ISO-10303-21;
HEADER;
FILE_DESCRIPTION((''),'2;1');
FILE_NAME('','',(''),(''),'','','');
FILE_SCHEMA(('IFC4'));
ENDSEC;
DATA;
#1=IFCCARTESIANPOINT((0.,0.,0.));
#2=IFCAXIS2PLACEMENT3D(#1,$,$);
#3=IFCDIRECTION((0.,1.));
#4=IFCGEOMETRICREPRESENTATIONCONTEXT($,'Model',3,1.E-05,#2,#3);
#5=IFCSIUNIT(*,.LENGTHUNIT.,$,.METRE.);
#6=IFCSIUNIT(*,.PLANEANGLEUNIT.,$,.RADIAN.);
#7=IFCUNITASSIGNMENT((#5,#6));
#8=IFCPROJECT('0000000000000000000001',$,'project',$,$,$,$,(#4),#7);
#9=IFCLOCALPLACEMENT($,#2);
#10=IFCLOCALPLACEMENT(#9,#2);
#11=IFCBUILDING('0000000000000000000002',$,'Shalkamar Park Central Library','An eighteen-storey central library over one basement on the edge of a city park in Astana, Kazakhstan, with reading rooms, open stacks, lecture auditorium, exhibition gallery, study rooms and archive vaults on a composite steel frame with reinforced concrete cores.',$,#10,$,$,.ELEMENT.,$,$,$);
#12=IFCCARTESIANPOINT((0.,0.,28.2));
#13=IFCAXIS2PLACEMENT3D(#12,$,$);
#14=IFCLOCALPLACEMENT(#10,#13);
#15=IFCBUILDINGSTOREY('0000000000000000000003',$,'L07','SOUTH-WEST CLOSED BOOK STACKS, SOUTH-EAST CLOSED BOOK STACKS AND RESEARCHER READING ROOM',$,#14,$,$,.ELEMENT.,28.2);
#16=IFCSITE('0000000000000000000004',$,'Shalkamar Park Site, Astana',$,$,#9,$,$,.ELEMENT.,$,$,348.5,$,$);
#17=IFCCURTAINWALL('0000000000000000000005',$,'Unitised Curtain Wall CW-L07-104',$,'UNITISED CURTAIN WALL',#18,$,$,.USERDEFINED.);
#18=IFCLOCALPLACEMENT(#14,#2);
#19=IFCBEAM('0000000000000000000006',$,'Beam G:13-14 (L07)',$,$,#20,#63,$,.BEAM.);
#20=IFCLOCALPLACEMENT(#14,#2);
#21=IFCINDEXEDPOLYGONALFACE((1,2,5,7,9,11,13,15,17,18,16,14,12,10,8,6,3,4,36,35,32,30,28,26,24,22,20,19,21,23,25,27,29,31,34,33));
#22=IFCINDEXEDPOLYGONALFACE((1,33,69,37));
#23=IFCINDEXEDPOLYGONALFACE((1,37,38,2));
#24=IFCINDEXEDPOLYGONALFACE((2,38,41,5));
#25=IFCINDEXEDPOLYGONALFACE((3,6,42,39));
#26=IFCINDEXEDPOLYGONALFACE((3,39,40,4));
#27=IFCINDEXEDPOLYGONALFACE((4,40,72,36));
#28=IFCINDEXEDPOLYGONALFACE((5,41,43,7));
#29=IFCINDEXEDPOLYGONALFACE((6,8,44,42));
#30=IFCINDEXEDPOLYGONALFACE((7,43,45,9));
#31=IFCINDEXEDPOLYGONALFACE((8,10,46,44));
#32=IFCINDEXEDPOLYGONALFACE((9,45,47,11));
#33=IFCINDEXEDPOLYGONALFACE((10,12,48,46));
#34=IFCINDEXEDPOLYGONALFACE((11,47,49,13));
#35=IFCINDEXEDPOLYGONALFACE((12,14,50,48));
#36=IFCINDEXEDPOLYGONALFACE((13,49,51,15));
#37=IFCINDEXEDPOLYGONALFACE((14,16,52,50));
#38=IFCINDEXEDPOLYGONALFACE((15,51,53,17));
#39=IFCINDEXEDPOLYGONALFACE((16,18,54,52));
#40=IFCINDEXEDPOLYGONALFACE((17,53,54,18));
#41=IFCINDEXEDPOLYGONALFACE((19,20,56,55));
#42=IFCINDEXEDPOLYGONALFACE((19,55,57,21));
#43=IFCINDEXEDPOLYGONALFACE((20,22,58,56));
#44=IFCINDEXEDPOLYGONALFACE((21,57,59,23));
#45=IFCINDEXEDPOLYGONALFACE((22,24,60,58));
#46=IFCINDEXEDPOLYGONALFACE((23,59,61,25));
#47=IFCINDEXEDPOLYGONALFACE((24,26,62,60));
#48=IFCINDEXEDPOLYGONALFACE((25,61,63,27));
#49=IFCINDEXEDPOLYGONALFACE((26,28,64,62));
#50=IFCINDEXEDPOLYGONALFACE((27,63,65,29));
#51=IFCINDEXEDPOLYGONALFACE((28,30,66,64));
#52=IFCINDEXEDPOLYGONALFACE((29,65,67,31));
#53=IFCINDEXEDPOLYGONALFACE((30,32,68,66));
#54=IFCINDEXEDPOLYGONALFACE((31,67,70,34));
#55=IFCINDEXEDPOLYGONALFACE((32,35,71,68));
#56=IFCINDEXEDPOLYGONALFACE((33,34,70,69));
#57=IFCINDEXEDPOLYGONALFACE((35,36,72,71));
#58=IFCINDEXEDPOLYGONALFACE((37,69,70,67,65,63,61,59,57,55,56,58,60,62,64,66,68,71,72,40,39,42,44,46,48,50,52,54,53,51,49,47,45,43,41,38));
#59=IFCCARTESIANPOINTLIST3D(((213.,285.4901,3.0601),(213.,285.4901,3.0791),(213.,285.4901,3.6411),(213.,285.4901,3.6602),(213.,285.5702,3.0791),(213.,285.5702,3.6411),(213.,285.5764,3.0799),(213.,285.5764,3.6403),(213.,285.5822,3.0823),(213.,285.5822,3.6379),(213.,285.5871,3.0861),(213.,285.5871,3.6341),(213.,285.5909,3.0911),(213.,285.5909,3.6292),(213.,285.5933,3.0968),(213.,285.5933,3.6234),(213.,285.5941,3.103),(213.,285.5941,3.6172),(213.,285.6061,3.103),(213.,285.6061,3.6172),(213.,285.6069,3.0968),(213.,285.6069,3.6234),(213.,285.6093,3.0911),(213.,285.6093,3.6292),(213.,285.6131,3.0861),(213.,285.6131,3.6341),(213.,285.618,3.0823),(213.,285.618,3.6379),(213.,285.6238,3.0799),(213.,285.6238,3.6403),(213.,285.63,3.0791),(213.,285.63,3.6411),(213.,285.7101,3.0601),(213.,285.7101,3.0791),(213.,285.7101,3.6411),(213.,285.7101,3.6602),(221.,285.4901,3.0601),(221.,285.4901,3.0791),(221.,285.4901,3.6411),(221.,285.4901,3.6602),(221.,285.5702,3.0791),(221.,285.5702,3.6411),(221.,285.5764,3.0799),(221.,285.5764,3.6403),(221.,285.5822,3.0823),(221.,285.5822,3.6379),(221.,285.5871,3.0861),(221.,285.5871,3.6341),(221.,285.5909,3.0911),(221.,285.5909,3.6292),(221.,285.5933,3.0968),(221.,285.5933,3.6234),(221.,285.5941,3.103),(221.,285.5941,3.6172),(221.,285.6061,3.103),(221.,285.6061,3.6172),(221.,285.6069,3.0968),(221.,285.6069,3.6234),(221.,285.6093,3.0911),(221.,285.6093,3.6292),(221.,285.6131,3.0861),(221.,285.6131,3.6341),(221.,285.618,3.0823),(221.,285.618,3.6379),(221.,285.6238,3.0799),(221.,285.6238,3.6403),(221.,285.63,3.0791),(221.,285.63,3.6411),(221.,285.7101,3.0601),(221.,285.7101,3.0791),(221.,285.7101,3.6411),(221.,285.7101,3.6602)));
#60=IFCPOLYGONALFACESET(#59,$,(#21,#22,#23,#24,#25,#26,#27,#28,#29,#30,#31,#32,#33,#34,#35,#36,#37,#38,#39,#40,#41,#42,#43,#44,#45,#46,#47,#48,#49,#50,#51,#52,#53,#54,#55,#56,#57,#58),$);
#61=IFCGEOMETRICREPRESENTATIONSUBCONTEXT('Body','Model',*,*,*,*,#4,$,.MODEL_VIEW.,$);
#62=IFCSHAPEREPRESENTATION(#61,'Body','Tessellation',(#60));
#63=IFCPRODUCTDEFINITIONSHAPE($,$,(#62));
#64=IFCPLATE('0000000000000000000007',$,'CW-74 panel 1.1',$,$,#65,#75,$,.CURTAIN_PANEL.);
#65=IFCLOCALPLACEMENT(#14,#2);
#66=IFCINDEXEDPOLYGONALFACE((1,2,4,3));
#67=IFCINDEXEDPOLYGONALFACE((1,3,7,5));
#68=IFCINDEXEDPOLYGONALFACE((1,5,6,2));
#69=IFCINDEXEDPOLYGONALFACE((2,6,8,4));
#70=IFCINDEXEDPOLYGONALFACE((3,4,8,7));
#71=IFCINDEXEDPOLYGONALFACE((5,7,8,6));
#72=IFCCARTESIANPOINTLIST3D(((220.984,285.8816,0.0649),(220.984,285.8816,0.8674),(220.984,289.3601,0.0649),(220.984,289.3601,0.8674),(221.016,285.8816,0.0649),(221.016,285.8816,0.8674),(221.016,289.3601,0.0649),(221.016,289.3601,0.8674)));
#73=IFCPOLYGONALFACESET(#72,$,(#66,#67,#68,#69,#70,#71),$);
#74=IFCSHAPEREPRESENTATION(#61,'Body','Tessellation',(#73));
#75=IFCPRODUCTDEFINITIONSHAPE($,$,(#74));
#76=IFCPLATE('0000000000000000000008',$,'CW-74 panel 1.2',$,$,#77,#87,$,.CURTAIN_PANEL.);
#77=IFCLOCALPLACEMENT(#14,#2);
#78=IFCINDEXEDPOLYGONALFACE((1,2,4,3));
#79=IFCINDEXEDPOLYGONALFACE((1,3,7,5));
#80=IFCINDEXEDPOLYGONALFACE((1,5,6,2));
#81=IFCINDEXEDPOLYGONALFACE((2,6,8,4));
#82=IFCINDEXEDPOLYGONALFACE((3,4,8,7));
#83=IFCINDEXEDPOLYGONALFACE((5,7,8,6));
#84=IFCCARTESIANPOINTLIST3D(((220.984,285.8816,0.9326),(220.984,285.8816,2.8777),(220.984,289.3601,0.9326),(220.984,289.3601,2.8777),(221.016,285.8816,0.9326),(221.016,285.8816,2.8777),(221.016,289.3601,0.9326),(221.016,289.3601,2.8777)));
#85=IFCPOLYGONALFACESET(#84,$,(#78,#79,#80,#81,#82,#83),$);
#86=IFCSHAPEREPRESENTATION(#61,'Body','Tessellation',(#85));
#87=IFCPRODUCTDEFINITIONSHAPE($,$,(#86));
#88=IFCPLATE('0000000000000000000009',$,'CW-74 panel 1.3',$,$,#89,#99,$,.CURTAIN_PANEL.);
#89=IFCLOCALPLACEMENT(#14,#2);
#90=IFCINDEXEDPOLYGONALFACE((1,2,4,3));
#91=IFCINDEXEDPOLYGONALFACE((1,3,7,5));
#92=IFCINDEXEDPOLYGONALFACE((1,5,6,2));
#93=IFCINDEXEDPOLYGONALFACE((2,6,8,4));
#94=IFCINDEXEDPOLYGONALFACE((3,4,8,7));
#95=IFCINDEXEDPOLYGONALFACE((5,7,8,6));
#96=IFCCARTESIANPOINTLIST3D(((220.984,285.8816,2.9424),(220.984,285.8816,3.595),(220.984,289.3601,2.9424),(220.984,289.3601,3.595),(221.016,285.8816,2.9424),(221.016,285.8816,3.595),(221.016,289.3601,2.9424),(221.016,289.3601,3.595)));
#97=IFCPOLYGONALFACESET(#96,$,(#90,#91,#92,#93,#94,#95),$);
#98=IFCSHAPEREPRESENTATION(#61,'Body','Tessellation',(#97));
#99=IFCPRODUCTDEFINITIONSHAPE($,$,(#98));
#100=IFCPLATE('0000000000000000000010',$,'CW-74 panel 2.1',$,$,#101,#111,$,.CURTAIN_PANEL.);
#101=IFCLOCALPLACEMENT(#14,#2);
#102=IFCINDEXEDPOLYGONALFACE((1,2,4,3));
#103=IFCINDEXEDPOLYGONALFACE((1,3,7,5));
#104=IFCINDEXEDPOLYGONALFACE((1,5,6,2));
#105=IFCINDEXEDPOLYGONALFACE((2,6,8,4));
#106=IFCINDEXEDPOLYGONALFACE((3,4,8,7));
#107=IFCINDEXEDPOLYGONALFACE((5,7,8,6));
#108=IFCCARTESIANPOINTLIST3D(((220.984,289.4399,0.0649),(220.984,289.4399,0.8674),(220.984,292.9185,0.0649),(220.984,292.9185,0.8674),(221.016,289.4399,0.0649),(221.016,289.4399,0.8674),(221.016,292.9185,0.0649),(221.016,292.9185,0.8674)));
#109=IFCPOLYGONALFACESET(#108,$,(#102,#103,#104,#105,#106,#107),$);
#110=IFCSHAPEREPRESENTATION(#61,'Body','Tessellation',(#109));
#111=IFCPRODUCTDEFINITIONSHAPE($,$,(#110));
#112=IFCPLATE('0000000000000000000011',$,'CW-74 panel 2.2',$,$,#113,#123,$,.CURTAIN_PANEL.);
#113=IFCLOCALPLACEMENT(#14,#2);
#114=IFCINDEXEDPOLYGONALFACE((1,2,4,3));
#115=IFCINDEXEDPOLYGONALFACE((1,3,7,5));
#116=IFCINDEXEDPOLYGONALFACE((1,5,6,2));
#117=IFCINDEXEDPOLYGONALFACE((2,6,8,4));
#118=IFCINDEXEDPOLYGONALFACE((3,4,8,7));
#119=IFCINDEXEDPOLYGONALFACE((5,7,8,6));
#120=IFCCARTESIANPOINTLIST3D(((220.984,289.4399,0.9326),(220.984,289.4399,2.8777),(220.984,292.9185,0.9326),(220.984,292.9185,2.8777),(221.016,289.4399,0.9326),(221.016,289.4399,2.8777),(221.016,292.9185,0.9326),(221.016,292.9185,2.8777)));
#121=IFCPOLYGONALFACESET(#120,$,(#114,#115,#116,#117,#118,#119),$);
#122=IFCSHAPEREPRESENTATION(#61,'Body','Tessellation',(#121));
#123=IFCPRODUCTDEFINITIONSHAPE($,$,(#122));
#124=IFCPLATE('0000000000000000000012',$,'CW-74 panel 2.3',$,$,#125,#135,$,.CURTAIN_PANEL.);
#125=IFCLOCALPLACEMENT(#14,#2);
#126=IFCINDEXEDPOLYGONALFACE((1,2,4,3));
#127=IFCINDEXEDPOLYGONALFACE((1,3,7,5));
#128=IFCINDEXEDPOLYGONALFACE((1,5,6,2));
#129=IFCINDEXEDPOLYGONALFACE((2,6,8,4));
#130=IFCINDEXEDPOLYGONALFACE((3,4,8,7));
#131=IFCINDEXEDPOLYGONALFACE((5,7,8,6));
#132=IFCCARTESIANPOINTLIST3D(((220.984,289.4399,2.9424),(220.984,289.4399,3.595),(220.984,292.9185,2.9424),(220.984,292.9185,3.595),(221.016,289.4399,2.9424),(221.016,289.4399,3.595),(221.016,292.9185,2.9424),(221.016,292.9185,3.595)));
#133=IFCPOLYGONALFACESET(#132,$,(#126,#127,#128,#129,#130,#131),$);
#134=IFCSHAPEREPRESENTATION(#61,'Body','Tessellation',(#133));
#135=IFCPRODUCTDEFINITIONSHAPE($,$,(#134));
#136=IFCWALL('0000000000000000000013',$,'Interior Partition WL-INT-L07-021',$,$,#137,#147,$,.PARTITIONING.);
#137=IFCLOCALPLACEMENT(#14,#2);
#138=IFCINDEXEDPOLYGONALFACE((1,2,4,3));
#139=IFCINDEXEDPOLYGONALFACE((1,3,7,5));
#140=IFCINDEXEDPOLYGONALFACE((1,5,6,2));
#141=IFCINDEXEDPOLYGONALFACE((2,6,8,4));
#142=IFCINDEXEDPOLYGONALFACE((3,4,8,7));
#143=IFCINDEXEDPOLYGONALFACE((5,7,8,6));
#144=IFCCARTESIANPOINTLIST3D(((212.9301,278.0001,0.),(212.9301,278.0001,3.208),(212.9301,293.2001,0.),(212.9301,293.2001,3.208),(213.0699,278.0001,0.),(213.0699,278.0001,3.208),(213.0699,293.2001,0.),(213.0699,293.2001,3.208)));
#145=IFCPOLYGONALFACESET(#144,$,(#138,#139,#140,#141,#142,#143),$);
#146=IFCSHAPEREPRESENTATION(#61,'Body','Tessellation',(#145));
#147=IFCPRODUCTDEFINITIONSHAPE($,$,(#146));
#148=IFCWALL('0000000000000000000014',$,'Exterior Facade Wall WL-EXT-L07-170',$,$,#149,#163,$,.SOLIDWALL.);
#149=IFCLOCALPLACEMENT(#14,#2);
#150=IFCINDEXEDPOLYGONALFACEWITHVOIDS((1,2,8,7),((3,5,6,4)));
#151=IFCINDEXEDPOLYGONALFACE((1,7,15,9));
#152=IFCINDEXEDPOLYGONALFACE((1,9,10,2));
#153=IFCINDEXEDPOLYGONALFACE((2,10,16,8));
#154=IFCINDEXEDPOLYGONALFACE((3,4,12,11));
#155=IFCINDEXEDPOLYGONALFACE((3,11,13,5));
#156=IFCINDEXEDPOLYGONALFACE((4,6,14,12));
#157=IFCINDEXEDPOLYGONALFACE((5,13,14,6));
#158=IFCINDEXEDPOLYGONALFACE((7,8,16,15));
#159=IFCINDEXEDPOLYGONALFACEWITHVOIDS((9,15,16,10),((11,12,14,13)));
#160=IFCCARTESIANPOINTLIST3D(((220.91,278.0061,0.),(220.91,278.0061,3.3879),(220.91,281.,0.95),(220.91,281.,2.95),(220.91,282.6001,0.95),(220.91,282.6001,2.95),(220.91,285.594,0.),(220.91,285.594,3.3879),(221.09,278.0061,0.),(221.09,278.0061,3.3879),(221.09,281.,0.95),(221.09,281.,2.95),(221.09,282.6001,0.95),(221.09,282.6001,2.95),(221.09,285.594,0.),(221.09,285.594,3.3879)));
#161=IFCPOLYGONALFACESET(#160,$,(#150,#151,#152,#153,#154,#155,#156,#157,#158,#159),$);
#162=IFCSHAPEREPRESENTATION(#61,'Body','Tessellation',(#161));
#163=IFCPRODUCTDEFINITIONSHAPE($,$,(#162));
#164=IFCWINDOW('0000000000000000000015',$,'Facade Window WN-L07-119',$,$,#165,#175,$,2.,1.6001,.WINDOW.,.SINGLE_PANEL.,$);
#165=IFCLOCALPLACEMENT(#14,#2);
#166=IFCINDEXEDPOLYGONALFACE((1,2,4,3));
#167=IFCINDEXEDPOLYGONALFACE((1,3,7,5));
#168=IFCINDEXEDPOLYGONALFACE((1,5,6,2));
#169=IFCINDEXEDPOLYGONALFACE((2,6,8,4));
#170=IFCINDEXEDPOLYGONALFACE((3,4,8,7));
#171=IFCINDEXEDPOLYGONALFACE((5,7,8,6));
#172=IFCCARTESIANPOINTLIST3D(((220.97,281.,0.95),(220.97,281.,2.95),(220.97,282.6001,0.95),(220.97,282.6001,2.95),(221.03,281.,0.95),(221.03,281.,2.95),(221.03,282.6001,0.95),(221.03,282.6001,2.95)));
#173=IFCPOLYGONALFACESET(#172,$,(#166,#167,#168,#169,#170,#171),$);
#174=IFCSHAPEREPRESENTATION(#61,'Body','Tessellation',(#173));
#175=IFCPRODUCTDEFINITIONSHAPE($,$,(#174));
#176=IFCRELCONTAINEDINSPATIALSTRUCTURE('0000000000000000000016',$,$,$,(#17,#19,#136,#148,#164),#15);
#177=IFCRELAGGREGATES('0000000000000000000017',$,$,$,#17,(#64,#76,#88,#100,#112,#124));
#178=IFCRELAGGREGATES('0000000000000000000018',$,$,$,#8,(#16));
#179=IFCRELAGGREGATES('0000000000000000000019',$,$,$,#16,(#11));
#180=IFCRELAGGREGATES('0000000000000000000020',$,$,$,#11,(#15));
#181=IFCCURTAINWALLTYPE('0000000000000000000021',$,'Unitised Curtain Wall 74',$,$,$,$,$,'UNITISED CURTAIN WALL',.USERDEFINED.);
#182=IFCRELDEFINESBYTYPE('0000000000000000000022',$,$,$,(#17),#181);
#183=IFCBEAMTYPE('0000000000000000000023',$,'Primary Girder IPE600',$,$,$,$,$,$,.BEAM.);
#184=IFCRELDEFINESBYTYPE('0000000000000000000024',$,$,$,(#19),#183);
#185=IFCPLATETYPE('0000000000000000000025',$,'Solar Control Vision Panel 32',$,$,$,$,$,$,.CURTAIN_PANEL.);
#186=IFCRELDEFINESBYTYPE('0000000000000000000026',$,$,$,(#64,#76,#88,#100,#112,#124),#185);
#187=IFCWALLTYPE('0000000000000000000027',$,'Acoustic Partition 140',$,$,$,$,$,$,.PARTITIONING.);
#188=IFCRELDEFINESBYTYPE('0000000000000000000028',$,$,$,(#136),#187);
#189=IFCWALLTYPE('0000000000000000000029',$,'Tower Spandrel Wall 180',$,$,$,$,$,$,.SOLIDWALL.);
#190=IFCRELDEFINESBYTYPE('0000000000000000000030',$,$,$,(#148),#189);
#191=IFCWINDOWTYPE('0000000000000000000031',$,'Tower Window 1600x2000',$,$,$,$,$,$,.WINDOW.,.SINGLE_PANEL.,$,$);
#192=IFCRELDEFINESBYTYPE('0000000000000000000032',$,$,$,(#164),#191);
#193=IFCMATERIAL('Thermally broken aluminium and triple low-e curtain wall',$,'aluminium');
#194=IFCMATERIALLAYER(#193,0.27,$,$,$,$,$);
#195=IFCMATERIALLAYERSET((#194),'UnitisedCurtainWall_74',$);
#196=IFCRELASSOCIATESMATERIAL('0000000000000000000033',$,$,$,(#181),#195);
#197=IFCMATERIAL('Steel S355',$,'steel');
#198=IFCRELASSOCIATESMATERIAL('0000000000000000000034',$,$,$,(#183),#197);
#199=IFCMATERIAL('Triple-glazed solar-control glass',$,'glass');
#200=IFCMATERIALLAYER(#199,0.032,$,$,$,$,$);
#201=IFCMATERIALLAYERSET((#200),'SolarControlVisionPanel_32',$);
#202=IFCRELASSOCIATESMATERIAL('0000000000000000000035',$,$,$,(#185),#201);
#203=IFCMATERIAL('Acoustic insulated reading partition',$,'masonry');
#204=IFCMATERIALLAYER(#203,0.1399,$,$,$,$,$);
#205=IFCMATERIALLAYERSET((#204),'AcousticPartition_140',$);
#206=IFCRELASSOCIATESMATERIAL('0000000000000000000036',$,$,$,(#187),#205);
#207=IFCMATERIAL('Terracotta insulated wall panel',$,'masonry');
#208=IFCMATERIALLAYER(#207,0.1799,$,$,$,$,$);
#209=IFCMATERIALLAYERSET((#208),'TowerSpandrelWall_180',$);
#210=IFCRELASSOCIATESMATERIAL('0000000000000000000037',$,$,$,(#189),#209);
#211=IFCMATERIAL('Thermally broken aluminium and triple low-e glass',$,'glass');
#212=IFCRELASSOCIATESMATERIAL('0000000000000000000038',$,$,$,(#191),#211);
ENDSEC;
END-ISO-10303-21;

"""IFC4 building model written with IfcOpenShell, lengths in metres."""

from ifc_helpers import new_model, si_unit, direction, frame, frame_2d, origin, origin_2d, place, context, subcontext, project, spatial, rectangle, i_section, extrude, material, layer, layer_set, material_profile, profile_set, type_object, element, fill, aggregate, save


model = new_model("IFC4")

# Units and contexts
model_context = context("Model", 3, precision=1e-05, world=origin(), true_north=direction((0.0, 1.0)))
body_context = subcontext(model_context, "Body", "Model", "MODEL_VIEW")
ifc_project = project(units=[si_unit("LENGTHUNIT", "METRE"), si_unit("PLANEANGLEUNIT", "RADIAN")], contexts=[model_context])

# Site, building, storey
site_placement = place(None, origin())
site = spatial("IfcSite", under=ifc_project, at=site_placement, Name="Shalkamar Park Site, Astana", CompositionType="ELEMENT", RefElevation=348.5)
building_placement = place(site_placement, origin())
building = spatial("IfcBuilding", under=site, at=building_placement, Name="Shalkamar Park Central Library", Description="An eighteen-storey central library over one basement on the edge of a city park in Astana, Kazakhstan, with reading rooms, open stacks, lecture auditorium, exhibition gallery, study rooms and archive vaults on a composite steel frame with reinforced concrete cores.", CompositionType="ELEMENT")
storey_placement = place(building_placement, frame((0.0, 0.0, 28.2)))
storey = spatial("IfcBuildingStorey", under=building, at=storey_placement, Name="L07", Description="SOUTH-WEST CLOSED BOOK STACKS, SOUTH-EAST CLOSED BOOK STACKS AND RESEARCHER READING ROOM", CompositionType="ELEMENT", Elevation=28.2)

# Shared definitions
ifc_material_1 = material(Name="Steel S355", Category="steel")

# Curtain wall
ifc_material_2 = material(Name="Thermally broken aluminium and triple low-e curtain wall", Category="aluminium")
ifc_layer_1 = layer(ifc_material_2, 0.27)
ifc_layer_set_1 = layer_set([ifc_layer_1], Name="UnitisedCurtainWall_74")
curtain_wall_type = type_object("IfcCurtainWallType", Name="Unitised Curtain Wall 74", ElementType="UNITISED CURTAIN WALL", PredefinedType="USERDEFINED", material=ifc_layer_set_1)
curtain_wall_placement = place(storey_placement, origin())
curtain_wall = element("IfcCurtainWall", 1, at=curtain_wall_placement, inside=storey, type_object=curtain_wall_type, Name="Unitised Curtain Wall CW-L07-104", ObjectType="UNITISED CURTAIN WALL", PredefinedType="USERDEFINED")

# Beam
ifc_material_profile_1 = material_profile(ifc_material_1, i_section(OverallWidth=0.22, OverallDepth=0.6001, WebThickness=0.012, FlangeThickness=0.019, FilletRadius=0.0239, at=origin_2d()), Name="IPE 600")
ifc_profile_set_1 = profile_set([ifc_material_profile_1], Name="Steel S355")
beam_type_1 = type_object("IfcBeamType", Name="Primary Girder IPE600", PredefinedType="BEAM", material=ifc_profile_set_1)
for number, where, z_axis, x_axis, name in (
    (2, (213.0, 285.6001, 3.3601), (1.0, 0.0, 0.0), (0.0, 1.0, 0.0), "Beam G:13-14 (L07)"),
):
    element("IfcBeam", number, at=place(storey_placement, frame(where, z_axis=z_axis, x_axis=x_axis)), inside=storey, type_object=beam_type_1, Name=name, PredefinedType="BEAM", context=body_context, shape_type="SweptSolid", body=[
        extrude(i_section(OverallWidth=0.22, OverallDepth=0.6001, WebThickness=0.012, FlangeThickness=0.019, FilletRadius=0.0239, at=origin_2d()), origin(), (0.0, 0.0, 1.0), 8.0),
    ])

# Plates
ifc_material_3 = material(Name="Triple-glazed solar-control glass", Category="glass")
ifc_layer_2 = layer(ifc_material_3, 0.032)
ifc_layer_set_2 = layer_set([ifc_layer_2], Name="SolarControlVisionPanel_32")
plate_type = type_object("IfcPlateType", Name="Solar Control Vision Panel 32", PredefinedType="CURTAIN_PANEL", material=ifc_layer_set_2)
plate_1_placement = place(storey_placement, frame((221.0, 287.6208, 0.0649), z_axis=(0.0, 0.0, 1.0), x_axis=(0.0, 1.0, 0.0)))
plate_1 = element("IfcPlate", 3, at=plate_1_placement, type_object=plate_type, Name="CW-74 panel 1.1", PredefinedType="CURTAIN_PANEL", context=body_context, shape_type="SweptSolid", body=[
    extrude(rectangle(XDim=3.4785, YDim=0.032, at=origin_2d()), origin(), (0.0, 0.0, 1.0), 0.8025),
])
plate_2_placement = place(storey_placement, frame((221.0, 287.6208, 0.9326), z_axis=(0.0, 0.0, 1.0), x_axis=(0.0, 1.0, 0.0)))
plate_2 = element("IfcPlate", 4, at=plate_2_placement, type_object=plate_type, Name="CW-74 panel 1.2", PredefinedType="CURTAIN_PANEL", context=body_context, shape_type="SweptSolid", body=[
    extrude(rectangle(XDim=3.4785, YDim=0.032, at=origin_2d()), origin(), (0.0, 0.0, 1.0), 1.9451),
])
plate_3_placement = place(storey_placement, frame((221.0, 287.6208, 2.9424), z_axis=(0.0, 0.0, 1.0), x_axis=(0.0, 1.0, 0.0)))
plate_3 = element("IfcPlate", 5, at=plate_3_placement, type_object=plate_type, Name="CW-74 panel 1.3", PredefinedType="CURTAIN_PANEL", context=body_context, shape_type="SweptSolid", body=[
    extrude(rectangle(XDim=3.4785, YDim=0.032, at=origin_2d()), origin(), (0.0, 0.0, 1.0), 0.6526),
])
plate_4_placement = place(storey_placement, frame((221.0, 291.1792, 0.0649), z_axis=(0.0, 0.0, 1.0), x_axis=(0.0, 1.0, 0.0)))
plate_4 = element("IfcPlate", 6, at=plate_4_placement, type_object=plate_type, Name="CW-74 panel 2.1", PredefinedType="CURTAIN_PANEL", context=body_context, shape_type="SweptSolid", body=[
    extrude(rectangle(XDim=3.4785, YDim=0.032, at=origin_2d()), origin(), (0.0, 0.0, 1.0), 0.8025),
])
plate_5_placement = place(storey_placement, frame((221.0, 291.1792, 0.9326), z_axis=(0.0, 0.0, 1.0), x_axis=(0.0, 1.0, 0.0)))
plate_5 = element("IfcPlate", 7, at=plate_5_placement, type_object=plate_type, Name="CW-74 panel 2.2", PredefinedType="CURTAIN_PANEL", context=body_context, shape_type="SweptSolid", body=[
    extrude(rectangle(XDim=3.4785, YDim=0.032, at=origin_2d()), origin(), (0.0, 0.0, 1.0), 1.9451),
])
plate_6_placement = place(storey_placement, frame((221.0, 291.1792, 2.9424), z_axis=(0.0, 0.0, 1.0), x_axis=(0.0, 1.0, 0.0)))
plate_6 = element("IfcPlate", 8, at=plate_6_placement, type_object=plate_type, Name="CW-74 panel 2.3", PredefinedType="CURTAIN_PANEL", context=body_context, shape_type="SweptSolid", body=[
    extrude(rectangle(XDim=3.4785, YDim=0.032, at=origin_2d()), origin(), (0.0, 0.0, 1.0), 0.6526),
])
aggregate(curtain_wall, [plate_1, plate_2, plate_3, plate_4, plate_5, plate_6])

# Wall
ifc_material_4 = material(Name="Acoustic insulated reading partition", Category="masonry")
ifc_layer_3 = layer(ifc_material_4, 0.1399)
ifc_layer_set_3 = layer_set([ifc_layer_3], Name="AcousticPartition_140")
wall_type_1 = type_object("IfcWallType", Name="Acoustic Partition 140", PredefinedType="PARTITIONING", material=ifc_layer_set_3)
wall_1_placement = place(storey_placement, frame((213.0, 278.0, 0.0), z_axis=(0.0, 0.0, 1.0), x_axis=(0.0, 1.0, 0.0)))
element("IfcWall", 9, at=wall_1_placement, inside=storey, type_object=wall_type_1, Name="Interior Partition WL-INT-L07-021", PredefinedType="PARTITIONING", context=body_context, shape_type="SweptSolid", body=[
    extrude(rectangle(XDim=15.2, YDim=0.1399, at=frame_2d((7.6001, 0.0))), origin(), (0.0, 0.0, 1.0), 3.208),
])

# Wall, opening, window
ifc_material_5 = material(Name="Terracotta insulated wall panel", Category="masonry")
ifc_layer_4 = layer(ifc_material_5, 0.1799)
ifc_layer_set_4 = layer_set([ifc_layer_4], Name="TowerSpandrelWall_180")
wall_type_2 = type_object("IfcWallType", Name="Tower Spandrel Wall 180", PredefinedType="SOLIDWALL", material=ifc_layer_set_4)
wall_2_placement = place(storey_placement, frame((221.0, 278.0061, 0.0), z_axis=(0.0, 0.0, 1.0), x_axis=(0.0, 1.0, 0.0)))
wall_2 = element("IfcWall", 10, at=wall_2_placement, inside=storey, type_object=wall_type_2, Name="Exterior Facade Wall WL-EXT-L07-170", PredefinedType="SOLIDWALL", context=body_context, shape_type="SweptSolid", body=[
    extrude(rectangle(XDim=7.5879, YDim=0.1799, at=frame_2d((3.7939, 0.0))), origin(), (0.0, 0.0, 1.0), 3.3879),
])
opening_placement = place(wall_2_placement, frame((2.9939, 0.0, 0.95)))
opening = element("IfcOpeningElement", 11, at=opening_placement, cuts=wall_2, PredefinedType="OPENING", context=body_context, shape_type="SweptSolid", body=[
    extrude(rectangle(XDim=1.6001, YDim=2.0, at=frame_2d((0.8, 1.0))), frame((0.0, 0.105, 0.0), z_axis=(0.0, -1.0, 0.0), x_axis=(1.0, 0.0, 0.0)), (0.0, 0.0, 1.0), 0.2097),
])
ifc_material_6 = material(Name="Thermally broken aluminium and triple low-e glass", Category="glass")
window_type = type_object("IfcWindowType", Name="Tower Window 1600x2000", PartitioningType="SINGLE_PANEL", PredefinedType="WINDOW", material=ifc_material_6)
window_placement = place(opening_placement, origin())
window = element("IfcWindow", 12, at=window_placement, inside=storey, type_object=window_type, Name="Facade Window WN-L07-119", OverallHeight=2.0, OverallWidth=1.6001, PartitioningType="SINGLE_PANEL", PredefinedType="WINDOW", context=body_context, shape_type="SweptSolid", body=[
    extrude(rectangle(XDim=1.6001, YDim=2.0, at=frame_2d((0.8, 1.0))), frame((0.0, 0.03, 0.0), z_axis=(0.0, -1.0, 0.0), x_axis=(1.0, 0.0, 0.0)), (0.0, 0.0, 1.0), 0.0601),
])
fill(opening, window)

save(model, "model.ifc")
